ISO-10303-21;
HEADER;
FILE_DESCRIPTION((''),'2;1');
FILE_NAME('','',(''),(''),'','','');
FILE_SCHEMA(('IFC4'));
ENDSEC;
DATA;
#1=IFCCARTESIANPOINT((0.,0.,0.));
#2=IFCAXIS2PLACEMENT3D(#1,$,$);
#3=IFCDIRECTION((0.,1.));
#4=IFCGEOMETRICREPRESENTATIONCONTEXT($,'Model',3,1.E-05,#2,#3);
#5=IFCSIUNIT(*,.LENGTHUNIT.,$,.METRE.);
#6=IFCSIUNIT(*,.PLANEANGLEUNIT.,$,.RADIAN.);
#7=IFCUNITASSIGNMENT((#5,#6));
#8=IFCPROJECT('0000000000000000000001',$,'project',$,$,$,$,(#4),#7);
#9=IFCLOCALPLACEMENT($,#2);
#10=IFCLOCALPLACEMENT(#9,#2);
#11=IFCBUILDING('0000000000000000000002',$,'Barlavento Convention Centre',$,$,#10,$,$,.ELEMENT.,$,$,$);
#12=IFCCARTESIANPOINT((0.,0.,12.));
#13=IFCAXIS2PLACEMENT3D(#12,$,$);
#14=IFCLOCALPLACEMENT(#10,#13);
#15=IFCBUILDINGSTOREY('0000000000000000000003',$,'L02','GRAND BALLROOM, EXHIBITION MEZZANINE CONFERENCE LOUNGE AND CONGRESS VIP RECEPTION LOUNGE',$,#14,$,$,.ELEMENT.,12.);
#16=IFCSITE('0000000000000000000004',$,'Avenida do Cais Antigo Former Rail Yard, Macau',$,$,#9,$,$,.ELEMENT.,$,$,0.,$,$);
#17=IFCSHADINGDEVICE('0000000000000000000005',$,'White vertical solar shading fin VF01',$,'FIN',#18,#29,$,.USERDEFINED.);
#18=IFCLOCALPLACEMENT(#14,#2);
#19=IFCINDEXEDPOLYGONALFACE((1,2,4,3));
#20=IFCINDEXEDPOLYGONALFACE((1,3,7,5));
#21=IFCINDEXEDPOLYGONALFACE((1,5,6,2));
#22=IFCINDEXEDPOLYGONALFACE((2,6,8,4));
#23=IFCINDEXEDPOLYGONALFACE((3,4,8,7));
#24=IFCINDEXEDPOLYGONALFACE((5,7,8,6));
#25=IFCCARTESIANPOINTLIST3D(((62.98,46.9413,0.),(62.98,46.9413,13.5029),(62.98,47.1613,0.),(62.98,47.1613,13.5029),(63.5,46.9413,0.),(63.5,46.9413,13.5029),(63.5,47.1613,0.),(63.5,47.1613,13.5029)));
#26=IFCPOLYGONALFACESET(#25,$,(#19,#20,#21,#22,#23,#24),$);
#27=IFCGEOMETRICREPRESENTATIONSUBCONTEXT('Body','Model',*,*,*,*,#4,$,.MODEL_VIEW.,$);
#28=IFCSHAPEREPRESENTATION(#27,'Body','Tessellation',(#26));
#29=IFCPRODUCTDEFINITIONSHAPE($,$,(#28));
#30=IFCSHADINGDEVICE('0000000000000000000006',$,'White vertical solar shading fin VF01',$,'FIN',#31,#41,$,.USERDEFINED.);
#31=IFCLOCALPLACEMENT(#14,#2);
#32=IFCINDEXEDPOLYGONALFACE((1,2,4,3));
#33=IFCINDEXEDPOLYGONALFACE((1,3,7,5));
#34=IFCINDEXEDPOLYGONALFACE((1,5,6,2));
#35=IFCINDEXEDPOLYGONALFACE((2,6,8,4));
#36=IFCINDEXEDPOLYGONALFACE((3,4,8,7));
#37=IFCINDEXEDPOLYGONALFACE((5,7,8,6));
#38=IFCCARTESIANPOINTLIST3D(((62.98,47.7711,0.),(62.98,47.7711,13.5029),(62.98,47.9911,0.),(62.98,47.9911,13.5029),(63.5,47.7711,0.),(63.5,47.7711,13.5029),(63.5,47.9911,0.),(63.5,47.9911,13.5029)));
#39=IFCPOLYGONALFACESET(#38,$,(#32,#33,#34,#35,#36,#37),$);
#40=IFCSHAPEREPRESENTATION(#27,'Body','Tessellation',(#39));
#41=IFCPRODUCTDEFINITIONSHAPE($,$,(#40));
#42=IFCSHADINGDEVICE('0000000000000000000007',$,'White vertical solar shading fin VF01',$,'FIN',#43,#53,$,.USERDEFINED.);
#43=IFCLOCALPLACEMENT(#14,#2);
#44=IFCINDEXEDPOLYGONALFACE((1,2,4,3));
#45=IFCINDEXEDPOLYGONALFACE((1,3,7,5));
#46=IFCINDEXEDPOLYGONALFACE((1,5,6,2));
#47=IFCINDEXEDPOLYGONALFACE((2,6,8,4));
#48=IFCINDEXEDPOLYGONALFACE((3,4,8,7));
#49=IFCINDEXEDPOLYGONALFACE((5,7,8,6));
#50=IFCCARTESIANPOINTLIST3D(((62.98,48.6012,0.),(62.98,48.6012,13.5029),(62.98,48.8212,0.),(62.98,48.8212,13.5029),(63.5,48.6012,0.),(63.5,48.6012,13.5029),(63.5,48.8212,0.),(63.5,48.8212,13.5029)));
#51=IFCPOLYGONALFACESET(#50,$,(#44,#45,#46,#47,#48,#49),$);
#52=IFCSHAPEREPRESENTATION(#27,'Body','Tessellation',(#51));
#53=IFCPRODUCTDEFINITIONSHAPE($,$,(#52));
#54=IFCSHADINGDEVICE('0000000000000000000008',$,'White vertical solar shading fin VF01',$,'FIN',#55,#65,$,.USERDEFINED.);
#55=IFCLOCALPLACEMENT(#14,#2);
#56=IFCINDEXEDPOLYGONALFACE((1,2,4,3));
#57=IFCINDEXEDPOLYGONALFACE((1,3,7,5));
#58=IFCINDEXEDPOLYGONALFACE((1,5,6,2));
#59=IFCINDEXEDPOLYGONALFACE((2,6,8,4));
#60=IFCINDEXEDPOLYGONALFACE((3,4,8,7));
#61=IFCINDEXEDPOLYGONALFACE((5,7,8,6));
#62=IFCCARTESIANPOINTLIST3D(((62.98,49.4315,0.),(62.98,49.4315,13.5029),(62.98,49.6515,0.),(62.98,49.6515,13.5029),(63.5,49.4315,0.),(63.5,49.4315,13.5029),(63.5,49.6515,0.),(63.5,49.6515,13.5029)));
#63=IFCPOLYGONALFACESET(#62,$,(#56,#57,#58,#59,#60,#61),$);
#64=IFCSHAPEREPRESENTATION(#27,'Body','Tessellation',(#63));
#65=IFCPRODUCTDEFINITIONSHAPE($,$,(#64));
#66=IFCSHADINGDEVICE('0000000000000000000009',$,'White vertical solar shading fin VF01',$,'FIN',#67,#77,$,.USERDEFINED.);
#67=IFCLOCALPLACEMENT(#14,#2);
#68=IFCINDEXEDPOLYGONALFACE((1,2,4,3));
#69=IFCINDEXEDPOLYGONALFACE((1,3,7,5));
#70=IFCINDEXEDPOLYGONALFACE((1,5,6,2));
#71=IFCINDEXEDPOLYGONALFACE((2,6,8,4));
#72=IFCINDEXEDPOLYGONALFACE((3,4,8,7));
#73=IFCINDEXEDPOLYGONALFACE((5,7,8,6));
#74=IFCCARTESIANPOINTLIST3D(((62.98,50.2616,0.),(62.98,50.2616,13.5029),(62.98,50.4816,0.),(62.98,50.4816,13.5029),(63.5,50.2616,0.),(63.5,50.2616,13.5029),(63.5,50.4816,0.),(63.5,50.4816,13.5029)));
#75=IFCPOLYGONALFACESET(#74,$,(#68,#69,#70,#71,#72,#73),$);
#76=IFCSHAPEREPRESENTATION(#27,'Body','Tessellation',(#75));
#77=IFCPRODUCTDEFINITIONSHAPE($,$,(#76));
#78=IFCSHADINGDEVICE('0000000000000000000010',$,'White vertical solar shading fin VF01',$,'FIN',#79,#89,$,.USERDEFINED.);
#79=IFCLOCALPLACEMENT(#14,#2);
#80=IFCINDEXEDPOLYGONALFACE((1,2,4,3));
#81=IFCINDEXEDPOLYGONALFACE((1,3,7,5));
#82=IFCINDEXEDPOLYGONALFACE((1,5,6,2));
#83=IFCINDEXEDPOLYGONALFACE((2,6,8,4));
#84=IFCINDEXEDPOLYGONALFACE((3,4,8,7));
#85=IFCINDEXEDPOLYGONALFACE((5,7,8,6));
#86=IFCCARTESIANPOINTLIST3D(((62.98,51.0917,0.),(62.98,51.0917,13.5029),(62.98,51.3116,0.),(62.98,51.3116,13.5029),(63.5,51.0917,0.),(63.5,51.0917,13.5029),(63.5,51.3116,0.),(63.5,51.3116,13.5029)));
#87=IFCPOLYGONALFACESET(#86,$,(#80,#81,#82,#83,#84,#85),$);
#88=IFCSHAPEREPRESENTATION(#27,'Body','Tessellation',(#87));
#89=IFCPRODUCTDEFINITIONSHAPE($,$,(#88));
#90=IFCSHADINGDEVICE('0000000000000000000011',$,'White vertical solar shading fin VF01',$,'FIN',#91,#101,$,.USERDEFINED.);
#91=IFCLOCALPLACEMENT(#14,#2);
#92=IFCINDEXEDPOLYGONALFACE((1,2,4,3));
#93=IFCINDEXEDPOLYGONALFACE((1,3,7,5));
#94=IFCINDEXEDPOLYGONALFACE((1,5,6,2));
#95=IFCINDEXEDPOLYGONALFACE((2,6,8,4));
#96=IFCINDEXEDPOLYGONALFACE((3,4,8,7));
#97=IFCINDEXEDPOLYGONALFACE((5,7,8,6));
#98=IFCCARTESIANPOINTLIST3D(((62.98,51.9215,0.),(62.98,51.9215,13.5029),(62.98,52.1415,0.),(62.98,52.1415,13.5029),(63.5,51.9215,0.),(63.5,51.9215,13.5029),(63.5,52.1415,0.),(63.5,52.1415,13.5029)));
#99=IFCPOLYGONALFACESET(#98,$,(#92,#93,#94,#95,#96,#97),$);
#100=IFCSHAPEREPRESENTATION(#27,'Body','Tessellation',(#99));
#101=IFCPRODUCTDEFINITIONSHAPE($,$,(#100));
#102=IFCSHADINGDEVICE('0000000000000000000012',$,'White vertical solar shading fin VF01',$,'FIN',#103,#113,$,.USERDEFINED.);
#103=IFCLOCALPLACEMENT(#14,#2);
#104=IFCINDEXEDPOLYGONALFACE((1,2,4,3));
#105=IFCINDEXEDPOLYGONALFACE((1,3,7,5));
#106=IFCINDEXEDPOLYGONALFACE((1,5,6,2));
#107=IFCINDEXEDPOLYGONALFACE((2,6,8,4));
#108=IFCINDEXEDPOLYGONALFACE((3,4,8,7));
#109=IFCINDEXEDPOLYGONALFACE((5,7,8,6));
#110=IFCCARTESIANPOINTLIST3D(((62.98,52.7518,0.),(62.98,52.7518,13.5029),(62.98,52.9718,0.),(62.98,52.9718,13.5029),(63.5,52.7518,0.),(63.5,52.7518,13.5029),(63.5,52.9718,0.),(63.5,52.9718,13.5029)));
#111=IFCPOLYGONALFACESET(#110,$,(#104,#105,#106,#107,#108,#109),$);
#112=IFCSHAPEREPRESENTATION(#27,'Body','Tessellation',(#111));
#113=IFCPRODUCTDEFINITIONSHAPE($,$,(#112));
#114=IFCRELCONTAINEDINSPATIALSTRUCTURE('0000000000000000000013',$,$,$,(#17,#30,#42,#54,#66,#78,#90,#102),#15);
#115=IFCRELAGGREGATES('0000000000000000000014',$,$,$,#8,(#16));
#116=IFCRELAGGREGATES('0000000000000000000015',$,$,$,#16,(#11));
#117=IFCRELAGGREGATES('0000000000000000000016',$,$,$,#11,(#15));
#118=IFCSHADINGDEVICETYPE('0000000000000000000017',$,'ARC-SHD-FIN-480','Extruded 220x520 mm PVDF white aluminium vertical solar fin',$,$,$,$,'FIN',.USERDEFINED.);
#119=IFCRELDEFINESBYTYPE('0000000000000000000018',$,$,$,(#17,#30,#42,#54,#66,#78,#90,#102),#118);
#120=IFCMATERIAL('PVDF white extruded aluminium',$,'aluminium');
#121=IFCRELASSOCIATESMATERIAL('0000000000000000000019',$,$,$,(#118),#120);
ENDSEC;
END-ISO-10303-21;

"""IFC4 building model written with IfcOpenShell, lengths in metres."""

from ifc_helpers import new_model, si_unit, direction, frame, origin, origin_2d, place, context, subcontext, project, spatial, rectangle, extrude, material, type_object, element, save


model = new_model("IFC4")

# Units and contexts
model_context = context("Model", 3, precision=1e-05, world=origin(), true_north=direction((0.0, 1.0)))
body_context = subcontext(model_context, "Body", "Model", "MODEL_VIEW")
ifc_project = project(units=[si_unit("LENGTHUNIT", "METRE"), si_unit("PLANEANGLEUNIT", "RADIAN")], contexts=[model_context])

# Site, building, storey
site_placement = place(None, origin())
site = spatial("IfcSite", under=ifc_project, at=site_placement, Name="Avenida do Cais Antigo Former Rail Yard, Macau", CompositionType="ELEMENT", RefElevation=0.0)
building_placement = place(site_placement, origin())
building = spatial("IfcBuilding", under=site, at=building_placement, Name="Barlavento Convention Centre", CompositionType="ELEMENT")
storey_placement = place(building_placement, frame((0.0, 0.0, 12.0)))
storey = spatial("IfcBuildingStorey", under=building, at=storey_placement, Name="L02", Description="GRAND BALLROOM, EXHIBITION MEZZANINE CONFERENCE LOUNGE AND CONGRESS VIP RECEPTION LOUNGE", CompositionType="ELEMENT", Elevation=12.0)

# Shading devices
ifc_material_1 = material(Name="PVDF white extruded aluminium", Category="aluminium")
shading_device_type = type_object("IfcShadingDeviceType", Name="ARC-SHD-FIN-480", Description="Extruded 220x520 mm PVDF white aluminium vertical solar fin", ElementType="FIN", PredefinedType="USERDEFINED", material=ifc_material_1)
for number, where, z_axis, x_axis, name in (
    (1, (63.24, 47.0513, 0.0), (0.0, 0.0, 1.0), (0.0, 1.0, 0.0), "White vertical solar shading fin VF01"),
    (2, (63.24, 47.8811, 0.0), (0.0, 0.0, 1.0), (0.0, 1.0, 0.0), "White vertical solar shading fin VF01"),
    (3, (63.24, 48.7112, 0.0), (0.0, 0.0, 1.0), (0.0, 1.0, 0.0), "White vertical solar shading fin VF01"),
    (4, (63.24, 49.5415, 0.0), (0.0, 0.0, 1.0), (0.0, 1.0, 0.0), "White vertical solar shading fin VF01"),
    (5, (63.24, 50.3716, 0.0), (0.0, 0.0, 1.0), (0.0, 1.0, 0.0), "White vertical solar shading fin VF01"),
    (6, (63.24, 51.2017, 0.0), (0.0, 0.0, 1.0), (0.0, 1.0, 0.0), "White vertical solar shading fin VF01"),
    (7, (63.24, 52.0315, 0.0), (0.0, 0.0, 1.0), (0.0, 1.0, 0.0), "White vertical solar shading fin VF01"),
    (8, (63.24, 52.8618, 0.0), (0.0, 0.0, 1.0), (0.0, 1.0, 0.0), "White vertical solar shading fin VF01"),
):
    element("IfcShadingDevice", number, at=place(storey_placement, frame(where, z_axis=z_axis, x_axis=x_axis)), inside=storey, type_object=shading_device_type, Name=name, ObjectType="FIN", PredefinedType="USERDEFINED", context=body_context, shape_type="SweptSolid", body=[
        extrude(rectangle(XDim=0.22, YDim=0.52, at=origin_2d()), origin(), (0.0, 0.0, 1.0), 13.5029),
    ])

save(model, "model.ifc")
